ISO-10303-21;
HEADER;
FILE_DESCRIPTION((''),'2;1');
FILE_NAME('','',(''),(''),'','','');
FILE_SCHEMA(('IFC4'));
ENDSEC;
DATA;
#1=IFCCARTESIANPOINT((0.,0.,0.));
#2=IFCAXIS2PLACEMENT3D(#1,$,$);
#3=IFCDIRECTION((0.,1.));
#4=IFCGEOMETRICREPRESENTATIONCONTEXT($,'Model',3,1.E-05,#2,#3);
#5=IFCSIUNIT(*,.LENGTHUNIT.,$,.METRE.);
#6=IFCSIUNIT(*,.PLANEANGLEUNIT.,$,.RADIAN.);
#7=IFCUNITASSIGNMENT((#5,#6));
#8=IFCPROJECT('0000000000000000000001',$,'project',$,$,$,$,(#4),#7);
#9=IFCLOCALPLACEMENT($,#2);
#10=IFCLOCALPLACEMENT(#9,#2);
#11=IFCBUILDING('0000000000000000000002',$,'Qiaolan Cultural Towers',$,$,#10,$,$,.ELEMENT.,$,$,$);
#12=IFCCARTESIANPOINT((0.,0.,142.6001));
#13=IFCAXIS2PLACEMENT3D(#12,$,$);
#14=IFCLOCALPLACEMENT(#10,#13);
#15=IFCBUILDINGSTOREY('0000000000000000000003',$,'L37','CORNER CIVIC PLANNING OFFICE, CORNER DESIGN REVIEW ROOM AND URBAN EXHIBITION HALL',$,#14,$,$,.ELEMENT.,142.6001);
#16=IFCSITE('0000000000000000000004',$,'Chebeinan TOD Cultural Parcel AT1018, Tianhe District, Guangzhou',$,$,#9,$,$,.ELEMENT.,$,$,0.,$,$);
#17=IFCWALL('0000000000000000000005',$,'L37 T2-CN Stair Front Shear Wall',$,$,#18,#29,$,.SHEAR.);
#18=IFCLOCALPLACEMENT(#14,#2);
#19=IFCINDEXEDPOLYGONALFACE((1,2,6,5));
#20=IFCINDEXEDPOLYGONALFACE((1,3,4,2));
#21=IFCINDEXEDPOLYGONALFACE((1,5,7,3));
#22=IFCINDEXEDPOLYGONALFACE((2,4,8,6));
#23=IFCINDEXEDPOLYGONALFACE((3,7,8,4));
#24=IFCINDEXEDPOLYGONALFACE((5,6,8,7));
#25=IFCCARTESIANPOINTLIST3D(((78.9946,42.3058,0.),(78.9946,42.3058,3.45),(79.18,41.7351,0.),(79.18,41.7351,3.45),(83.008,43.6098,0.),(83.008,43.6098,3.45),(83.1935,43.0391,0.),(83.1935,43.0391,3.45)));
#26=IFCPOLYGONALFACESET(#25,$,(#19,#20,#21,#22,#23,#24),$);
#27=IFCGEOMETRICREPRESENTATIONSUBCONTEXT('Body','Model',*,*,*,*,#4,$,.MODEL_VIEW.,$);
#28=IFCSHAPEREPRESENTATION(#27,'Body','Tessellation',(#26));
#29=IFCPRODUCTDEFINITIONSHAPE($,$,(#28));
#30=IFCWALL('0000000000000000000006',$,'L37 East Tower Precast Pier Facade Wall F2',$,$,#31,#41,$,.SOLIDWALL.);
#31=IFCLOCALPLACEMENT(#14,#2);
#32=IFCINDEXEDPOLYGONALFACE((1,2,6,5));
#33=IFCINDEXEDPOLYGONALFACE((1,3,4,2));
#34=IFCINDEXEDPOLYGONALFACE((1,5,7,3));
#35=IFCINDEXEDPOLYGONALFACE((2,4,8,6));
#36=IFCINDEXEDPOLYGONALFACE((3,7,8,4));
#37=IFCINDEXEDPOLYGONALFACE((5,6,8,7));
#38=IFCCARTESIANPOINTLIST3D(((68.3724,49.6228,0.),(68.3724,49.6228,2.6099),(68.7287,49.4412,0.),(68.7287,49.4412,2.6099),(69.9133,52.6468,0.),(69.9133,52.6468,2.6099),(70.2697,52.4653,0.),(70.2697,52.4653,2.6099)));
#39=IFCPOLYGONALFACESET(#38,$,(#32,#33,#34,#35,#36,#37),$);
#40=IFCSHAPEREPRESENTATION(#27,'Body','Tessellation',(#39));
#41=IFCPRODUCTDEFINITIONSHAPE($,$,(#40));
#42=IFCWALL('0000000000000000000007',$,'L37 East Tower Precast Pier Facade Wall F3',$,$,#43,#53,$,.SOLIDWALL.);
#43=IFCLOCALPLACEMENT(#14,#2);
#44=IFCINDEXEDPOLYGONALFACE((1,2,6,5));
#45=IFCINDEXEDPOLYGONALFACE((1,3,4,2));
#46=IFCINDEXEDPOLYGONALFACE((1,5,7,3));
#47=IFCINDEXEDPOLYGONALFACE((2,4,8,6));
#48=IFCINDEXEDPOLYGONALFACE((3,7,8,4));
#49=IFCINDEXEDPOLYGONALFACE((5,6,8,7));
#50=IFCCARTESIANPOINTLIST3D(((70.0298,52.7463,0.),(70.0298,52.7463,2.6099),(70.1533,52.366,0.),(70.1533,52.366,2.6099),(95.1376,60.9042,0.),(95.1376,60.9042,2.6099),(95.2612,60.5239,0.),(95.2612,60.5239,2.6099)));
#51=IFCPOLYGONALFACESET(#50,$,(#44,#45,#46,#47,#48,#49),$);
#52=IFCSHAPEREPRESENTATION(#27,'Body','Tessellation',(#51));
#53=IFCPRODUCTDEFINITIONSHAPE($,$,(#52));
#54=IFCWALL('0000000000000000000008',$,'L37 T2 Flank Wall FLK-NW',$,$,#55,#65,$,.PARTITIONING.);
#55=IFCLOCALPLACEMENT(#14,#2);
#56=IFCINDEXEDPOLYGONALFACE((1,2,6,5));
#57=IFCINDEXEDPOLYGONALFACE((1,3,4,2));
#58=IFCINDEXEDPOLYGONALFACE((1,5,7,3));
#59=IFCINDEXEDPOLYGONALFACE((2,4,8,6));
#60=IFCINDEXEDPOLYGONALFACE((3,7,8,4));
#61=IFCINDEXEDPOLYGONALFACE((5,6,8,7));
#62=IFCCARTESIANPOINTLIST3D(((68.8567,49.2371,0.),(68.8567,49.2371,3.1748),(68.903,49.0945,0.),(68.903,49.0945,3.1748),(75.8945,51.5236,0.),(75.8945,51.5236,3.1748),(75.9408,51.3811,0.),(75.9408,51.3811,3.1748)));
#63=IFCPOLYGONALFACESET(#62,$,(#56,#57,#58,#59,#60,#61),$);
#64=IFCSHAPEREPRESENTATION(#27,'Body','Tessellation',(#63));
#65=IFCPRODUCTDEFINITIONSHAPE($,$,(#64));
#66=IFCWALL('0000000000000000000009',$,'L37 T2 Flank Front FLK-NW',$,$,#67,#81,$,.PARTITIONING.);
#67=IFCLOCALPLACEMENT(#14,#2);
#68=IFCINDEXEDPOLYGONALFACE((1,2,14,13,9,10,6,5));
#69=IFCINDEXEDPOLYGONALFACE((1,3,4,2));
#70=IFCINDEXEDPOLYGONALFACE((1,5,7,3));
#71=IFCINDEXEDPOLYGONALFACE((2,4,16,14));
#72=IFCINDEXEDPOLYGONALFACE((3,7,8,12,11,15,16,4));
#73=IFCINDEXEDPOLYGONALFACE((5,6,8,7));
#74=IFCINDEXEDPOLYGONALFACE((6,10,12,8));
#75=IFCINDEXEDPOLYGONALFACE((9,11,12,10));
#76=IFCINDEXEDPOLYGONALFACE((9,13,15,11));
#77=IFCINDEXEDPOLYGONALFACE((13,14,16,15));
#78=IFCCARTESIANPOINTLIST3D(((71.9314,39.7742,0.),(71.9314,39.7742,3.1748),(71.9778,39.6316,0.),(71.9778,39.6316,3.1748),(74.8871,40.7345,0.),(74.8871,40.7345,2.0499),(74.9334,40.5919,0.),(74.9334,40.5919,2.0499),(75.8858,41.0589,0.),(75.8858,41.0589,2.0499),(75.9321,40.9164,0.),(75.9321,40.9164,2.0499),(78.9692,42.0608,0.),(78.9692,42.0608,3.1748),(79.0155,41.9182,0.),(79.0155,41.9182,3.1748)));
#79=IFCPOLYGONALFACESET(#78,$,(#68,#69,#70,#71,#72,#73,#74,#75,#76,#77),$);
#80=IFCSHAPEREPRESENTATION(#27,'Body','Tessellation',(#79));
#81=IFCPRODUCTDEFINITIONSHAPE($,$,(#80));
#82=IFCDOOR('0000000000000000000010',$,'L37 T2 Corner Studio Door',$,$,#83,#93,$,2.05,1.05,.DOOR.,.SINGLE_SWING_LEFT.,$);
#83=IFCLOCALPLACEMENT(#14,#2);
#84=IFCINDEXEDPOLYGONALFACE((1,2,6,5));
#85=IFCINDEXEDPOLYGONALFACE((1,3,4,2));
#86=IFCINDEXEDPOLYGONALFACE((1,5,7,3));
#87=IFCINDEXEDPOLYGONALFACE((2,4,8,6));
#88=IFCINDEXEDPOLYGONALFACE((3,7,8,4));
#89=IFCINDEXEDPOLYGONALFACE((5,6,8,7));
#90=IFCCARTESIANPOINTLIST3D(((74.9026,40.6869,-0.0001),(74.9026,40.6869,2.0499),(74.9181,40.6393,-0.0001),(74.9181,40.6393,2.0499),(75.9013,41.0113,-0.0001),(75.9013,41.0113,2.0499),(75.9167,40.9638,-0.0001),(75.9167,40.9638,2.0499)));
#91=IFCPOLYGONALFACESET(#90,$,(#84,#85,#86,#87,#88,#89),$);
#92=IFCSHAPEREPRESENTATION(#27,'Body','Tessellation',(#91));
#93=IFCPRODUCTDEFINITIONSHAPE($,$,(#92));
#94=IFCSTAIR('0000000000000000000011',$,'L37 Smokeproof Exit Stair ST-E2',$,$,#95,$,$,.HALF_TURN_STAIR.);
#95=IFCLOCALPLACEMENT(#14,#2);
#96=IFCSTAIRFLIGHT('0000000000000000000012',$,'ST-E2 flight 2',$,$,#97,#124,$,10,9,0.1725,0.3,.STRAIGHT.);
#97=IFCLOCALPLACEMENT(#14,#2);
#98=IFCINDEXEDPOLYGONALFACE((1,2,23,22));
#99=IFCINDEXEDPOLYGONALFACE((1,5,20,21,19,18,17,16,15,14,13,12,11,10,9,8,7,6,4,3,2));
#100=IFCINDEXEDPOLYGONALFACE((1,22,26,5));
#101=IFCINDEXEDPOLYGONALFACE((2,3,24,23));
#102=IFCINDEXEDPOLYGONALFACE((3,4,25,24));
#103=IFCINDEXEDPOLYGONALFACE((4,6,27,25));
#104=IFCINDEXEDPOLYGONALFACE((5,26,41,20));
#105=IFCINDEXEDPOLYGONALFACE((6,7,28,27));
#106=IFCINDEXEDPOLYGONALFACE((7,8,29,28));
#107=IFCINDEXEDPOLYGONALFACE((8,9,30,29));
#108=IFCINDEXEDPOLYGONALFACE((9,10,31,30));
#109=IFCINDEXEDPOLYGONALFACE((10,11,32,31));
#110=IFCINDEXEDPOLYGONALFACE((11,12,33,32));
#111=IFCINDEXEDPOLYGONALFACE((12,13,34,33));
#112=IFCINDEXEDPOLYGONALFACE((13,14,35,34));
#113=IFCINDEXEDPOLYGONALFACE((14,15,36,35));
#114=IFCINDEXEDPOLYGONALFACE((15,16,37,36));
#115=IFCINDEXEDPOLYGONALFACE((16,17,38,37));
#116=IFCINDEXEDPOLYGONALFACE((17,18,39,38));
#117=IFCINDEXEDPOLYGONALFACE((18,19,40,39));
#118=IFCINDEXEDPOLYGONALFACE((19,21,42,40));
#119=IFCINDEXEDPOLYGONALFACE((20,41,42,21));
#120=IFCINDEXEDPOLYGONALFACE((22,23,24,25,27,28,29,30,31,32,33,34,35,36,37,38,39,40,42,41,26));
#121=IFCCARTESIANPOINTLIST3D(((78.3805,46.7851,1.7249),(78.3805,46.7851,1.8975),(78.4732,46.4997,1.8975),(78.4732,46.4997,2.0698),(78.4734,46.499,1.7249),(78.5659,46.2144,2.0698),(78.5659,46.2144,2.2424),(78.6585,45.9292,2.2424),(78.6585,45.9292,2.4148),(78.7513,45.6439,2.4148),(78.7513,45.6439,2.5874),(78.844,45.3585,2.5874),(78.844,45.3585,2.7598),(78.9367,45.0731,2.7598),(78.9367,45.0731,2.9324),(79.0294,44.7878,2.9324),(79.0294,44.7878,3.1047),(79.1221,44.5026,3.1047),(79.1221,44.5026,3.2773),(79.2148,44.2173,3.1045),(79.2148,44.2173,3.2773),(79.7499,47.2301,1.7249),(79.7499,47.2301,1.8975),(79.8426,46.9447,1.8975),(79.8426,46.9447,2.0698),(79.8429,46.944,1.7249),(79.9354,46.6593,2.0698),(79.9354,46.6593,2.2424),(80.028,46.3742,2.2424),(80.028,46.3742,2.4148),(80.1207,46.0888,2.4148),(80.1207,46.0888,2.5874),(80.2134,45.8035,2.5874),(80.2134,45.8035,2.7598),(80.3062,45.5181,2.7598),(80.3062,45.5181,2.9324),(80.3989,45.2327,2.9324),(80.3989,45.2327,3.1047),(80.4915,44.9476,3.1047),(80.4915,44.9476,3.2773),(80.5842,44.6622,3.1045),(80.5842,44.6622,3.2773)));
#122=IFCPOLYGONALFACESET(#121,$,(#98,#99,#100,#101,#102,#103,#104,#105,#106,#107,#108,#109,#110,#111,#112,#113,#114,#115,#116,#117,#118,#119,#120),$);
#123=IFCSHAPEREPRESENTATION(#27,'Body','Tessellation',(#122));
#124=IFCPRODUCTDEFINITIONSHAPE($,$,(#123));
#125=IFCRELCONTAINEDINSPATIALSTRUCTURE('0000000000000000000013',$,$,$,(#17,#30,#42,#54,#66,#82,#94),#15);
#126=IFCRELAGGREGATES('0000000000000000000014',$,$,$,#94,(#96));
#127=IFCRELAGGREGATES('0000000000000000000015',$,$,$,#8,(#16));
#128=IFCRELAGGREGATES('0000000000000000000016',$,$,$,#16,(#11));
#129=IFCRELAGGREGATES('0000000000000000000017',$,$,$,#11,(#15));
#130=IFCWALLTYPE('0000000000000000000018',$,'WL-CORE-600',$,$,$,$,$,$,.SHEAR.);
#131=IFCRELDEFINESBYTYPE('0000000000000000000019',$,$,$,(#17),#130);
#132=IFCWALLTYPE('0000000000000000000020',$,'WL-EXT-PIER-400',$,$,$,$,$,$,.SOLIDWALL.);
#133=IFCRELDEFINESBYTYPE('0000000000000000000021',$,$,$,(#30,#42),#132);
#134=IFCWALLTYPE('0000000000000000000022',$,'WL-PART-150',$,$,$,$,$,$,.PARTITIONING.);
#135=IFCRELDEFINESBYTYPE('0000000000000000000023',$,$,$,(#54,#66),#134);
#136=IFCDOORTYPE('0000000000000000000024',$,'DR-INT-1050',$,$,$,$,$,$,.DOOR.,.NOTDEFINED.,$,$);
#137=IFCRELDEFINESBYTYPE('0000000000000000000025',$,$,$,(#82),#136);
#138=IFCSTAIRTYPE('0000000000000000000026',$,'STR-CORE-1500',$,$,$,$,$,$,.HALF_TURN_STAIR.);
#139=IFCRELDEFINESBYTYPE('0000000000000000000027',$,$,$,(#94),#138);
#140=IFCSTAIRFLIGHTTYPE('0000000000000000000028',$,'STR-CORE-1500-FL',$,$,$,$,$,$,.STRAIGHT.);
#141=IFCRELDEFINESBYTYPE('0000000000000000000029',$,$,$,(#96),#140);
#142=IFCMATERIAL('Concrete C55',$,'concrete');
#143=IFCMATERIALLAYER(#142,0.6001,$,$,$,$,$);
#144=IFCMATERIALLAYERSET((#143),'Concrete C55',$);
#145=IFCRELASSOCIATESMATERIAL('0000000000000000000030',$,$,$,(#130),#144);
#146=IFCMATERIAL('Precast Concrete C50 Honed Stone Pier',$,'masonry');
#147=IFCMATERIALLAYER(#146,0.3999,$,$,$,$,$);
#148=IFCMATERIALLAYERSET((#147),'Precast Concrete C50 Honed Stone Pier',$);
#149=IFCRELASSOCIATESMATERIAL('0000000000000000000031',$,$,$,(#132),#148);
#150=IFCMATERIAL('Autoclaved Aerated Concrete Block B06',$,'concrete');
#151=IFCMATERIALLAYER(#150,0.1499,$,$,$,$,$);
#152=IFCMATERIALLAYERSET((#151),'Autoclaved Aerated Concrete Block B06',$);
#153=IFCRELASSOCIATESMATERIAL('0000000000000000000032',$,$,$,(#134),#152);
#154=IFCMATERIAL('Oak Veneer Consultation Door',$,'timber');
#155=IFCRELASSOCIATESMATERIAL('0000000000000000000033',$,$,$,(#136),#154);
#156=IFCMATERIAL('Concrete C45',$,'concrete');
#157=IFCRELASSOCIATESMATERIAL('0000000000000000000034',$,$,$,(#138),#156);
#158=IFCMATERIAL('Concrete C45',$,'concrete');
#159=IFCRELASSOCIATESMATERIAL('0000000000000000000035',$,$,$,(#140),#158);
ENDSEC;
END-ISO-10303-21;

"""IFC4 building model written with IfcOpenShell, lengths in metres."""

from ifc_helpers import new_model, si_unit, direction, frame, frame_2d, origin, place, context, subcontext, project, spatial, polyline, rectangle, outline, extrude, material, layer, layer_set, type_object, element, fill, aggregate, save


model = new_model("IFC4")

# Units and contexts
model_context = context("Model", 3, precision=1e-05, world=origin(), true_north=direction((0.0, 1.0)))
body_context = subcontext(model_context, "Body", "Model", "MODEL_VIEW")
ifc_project = project(units=[si_unit("LENGTHUNIT", "METRE"), si_unit("PLANEANGLEUNIT", "RADIAN")], contexts=[model_context])

# Site, building, storey
site_placement = place(None, origin())
site = spatial("IfcSite", under=ifc_project, at=site_placement, Name="Chebeinan TOD Cultural Parcel AT1018, Tianhe District, Guangzhou", CompositionType="ELEMENT", RefElevation=0.0)
building_placement = place(site_placement, origin())
building = spatial("IfcBuilding", under=site, at=building_placement, Name="Qiaolan Cultural Towers", CompositionType="ELEMENT")
storey_placement = place(building_placement, frame((0.0, 0.0, 142.6001)))
storey = spatial("IfcBuildingStorey", under=building, at=storey_placement, Name="L37", Description="CORNER CIVIC PLANNING OFFICE, CORNER DESIGN REVIEW ROOM AND URBAN EXHIBITION HALL", CompositionType="ELEMENT", Elevation=142.6001)

# Walls
ifc_material_1 = material(Name="Concrete C55", Category="concrete")
ifc_layer_1 = layer(ifc_material_1, 0.6001)
ifc_layer_set_1 = layer_set([ifc_layer_1], Name="Concrete C55")
wall_type_1 = type_object("IfcWallType", Name="WL-CORE-600", PredefinedType="SHEAR", material=ifc_layer_set_1)
wall_1_placement = place(storey_placement, frame((79.0874, 42.0205, 0.0), z_axis=(0.0, 0.0, 1.0), x_axis=(0.951063, 0.308998, 0.0)))
element("IfcWall", 1, at=wall_1_placement, inside=storey, type_object=wall_type_1, Name="L37 T2-CN Stair Front Shear Wall", PredefinedType="SHEAR", context=body_context, shape_type="SweptSolid", body=[
    extrude(rectangle(XDim=4.22, YDim=0.6001, at=frame_2d((2.1099, 0.0))), origin(), (0.0, 0.0, 1.0), 3.45),
])
ifc_material_2 = material(Name="Precast Concrete C50 Honed Stone Pier", Category="masonry")
ifc_layer_2 = layer(ifc_material_2, 0.3999)
ifc_layer_set_2 = layer_set([ifc_layer_2], Name="Precast Concrete C50 Honed Stone Pier")
wall_type_2 = type_object("IfcWallType", Name="WL-EXT-PIER-400", PredefinedType="SOLIDWALL", material=ifc_layer_set_2)
wall_2_placement = place(storey_placement, frame((68.5505, 49.532, 0.0), z_axis=(0.0, 0.0, 1.0), x_axis=(0.45402, 0.890992, 0.0)))
element("IfcWall", 2, at=wall_2_placement, inside=storey, type_object=wall_type_2, Name="L37 East Tower Precast Pier Facade Wall F2", PredefinedType="SOLIDWALL", context=body_context, shape_type="SweptSolid", body=[
    extrude(rectangle(XDim=3.394, YDim=0.3999, at=frame_2d((1.697, 0.0))), origin(), (0.0, 0.0, 1.0), 2.6099),
])
wall_3_placement = place(storey_placement, frame((70.0916, 52.5562, 0.0), z_axis=(0.0, 0.0, 1.0), x_axis=(0.951058, 0.309014, 0.0)))
element("IfcWall", 3, at=wall_3_placement, inside=storey, type_object=wall_type_2, Name="L37 East Tower Precast Pier Facade Wall F3", PredefinedType="SOLIDWALL", context=body_context, shape_type="SweptSolid", body=[
    extrude(rectangle(XDim=26.3999, YDim=0.3999, at=frame_2d((13.2, 0.0))), origin(), (0.0, 0.0, 1.0), 2.6099),
])
ifc_material_3 = material(Name="Autoclaved Aerated Concrete Block B06", Category="concrete")
ifc_layer_3 = layer(ifc_material_3, 0.1499)
ifc_layer_set_3 = layer_set([ifc_layer_3], Name="Autoclaved Aerated Concrete Block B06")
wall_type_3 = type_object("IfcWallType", Name="WL-PART-150", PredefinedType="PARTITIONING", material=ifc_layer_set_3)
wall_4_placement = place(storey_placement, frame((68.8799, 49.1658, 0.0), z_axis=(0.0, 0.0, 1.0), x_axis=(0.951061, 0.309003, 0.0)))
element("IfcWall", 4, at=wall_4_placement, inside=storey, type_object=wall_type_3, Name="L37 T2 Flank Wall FLK-NW", PredefinedType="PARTITIONING", context=body_context, shape_type="SweptSolid", body=[
    extrude(rectangle(XDim=7.3999, YDim=0.1499, at=frame_2d((3.7, 0.0))), origin(), (0.0, 0.0, 1.0), 3.1748),
])

# Wall, opening, door
wall_5_placement = place(storey_placement, frame((71.9546, 39.7029, 0.0), z_axis=(0.0, 0.0, 1.0), x_axis=(0.951061, 0.309003, 0.0)))
wall_5 = element("IfcWall", 5, at=wall_5_placement, inside=storey, type_object=wall_type_3, Name="L37 T2 Flank Front FLK-NW", PredefinedType="PARTITIONING", context=body_context, shape_type="SweptSolid", body=[
    extrude(rectangle(XDim=7.3999, YDim=0.1499, at=frame_2d((3.7, 0.0))), origin(), (0.0, 0.0, 1.0), 3.1748),
])
opening_placement = place(wall_5_placement, frame((3.1079, 0.0, 0.0)))
opening = element("IfcOpeningElement", 6, at=opening_placement, cuts=wall_5, PredefinedType="OPENING", context=body_context, shape_type="SweptSolid", body=[
    extrude(rectangle(XDim=1.05, YDim=2.05, at=frame_2d((0.5249, 1.0249))), frame((0.0, 0.085, 0.0), z_axis=(0.0, -1.0, 0.0), x_axis=(1.0, 0.0, 0.0)), (0.0, 0.0, 1.0), 0.1699),
])
ifc_material_4 = material(Name="Oak Veneer Consultation Door", Category="timber")
door_type = type_object("IfcDoorType", Name="DR-INT-1050", OperationType="NOTDEFINED", PredefinedType="DOOR", material=ifc_material_4)
door_placement = place(opening_placement, origin())
door = element("IfcDoor", 7, at=door_placement, inside=storey, type_object=door_type, Name="L37 T2 Corner Studio Door", OperationType="SINGLE_SWING_LEFT", OverallHeight=2.05, OverallWidth=1.05, PredefinedType="DOOR", context=body_context, shape_type="SweptSolid", body=[
    extrude(rectangle(XDim=1.05, YDim=2.05, at=frame_2d((0.5249, 1.0249))), frame((0.0, 0.0249, 0.0), z_axis=(0.0, -1.0, 0.0), x_axis=(1.0, 0.0, 0.0)), (0.0, 0.0, 1.0), 0.05),
])
fill(opening, door)

# Stair, stair flight
ifc_material_5 = material(Name="Concrete C45", Category="concrete")
stair_type = type_object("IfcStairType", Name="STR-CORE-1500", PredefinedType="HALF_TURN_STAIR", material=ifc_material_5)
stair_placement = place(storey_placement, origin())
stair = element("IfcStair", 8, at=stair_placement, inside=storey, type_object=stair_type, Name="L37 Smokeproof Exit Stair ST-E2", PredefinedType="HALF_TURN_STAIR")
ifc_material_6 = material(Name="Concrete C45", Category="concrete")
stair_flight_type = type_object("IfcStairFlightType", Name="STR-CORE-1500-FL", PredefinedType="STRAIGHT", material=ifc_material_6)
stair_flight_placement = place(storey_placement, frame((79.0652, 47.0076, 1.7249), z_axis=(0.0, 0.0, 1.0), x_axis=(0.309017, -0.951057, 0.0)))
stair_flight = element("IfcStairFlight", 9, at=stair_flight_placement, type_object=stair_flight_type, Name="ST-E2 flight 2", NumberOfRisers=10, NumberOfTreads=9, PredefinedType="STRAIGHT", RiserHeight=0.1725, TreadLength=0.3, context=body_context, shape_type="SweptSolid", body=[
    extrude(outline(polyline([(0.0, 0.0), (0.0, 0.1726), (0.3, 0.1726), (0.3, 0.345), (0.6001, 0.345), (0.6001, 0.5176), (0.8999, 0.5176), (0.8999, 0.6899), (1.2, 0.6899), (1.2, 0.8625), (1.5, 0.8625), (1.5, 1.0349), (1.8, 1.0349), (1.8, 1.2075), (2.1001, 1.2075), (2.1001, 1.3799), (2.3999, 1.3799), (2.3999, 1.5525), (2.7, 1.5525), (2.7, 1.7251), (2.7, 1.3796), (0.3008, 0.0), (0.0, 0.0)])), frame((0.0, 0.72, 0.0), z_axis=(0.0, -1.0, 0.0), x_axis=(1.0, 0.0, 0.0)), (0.0, 0.0, 1.0), 1.4399),
])
aggregate(stair, [stair_flight])

save(model, "model.ifc")
